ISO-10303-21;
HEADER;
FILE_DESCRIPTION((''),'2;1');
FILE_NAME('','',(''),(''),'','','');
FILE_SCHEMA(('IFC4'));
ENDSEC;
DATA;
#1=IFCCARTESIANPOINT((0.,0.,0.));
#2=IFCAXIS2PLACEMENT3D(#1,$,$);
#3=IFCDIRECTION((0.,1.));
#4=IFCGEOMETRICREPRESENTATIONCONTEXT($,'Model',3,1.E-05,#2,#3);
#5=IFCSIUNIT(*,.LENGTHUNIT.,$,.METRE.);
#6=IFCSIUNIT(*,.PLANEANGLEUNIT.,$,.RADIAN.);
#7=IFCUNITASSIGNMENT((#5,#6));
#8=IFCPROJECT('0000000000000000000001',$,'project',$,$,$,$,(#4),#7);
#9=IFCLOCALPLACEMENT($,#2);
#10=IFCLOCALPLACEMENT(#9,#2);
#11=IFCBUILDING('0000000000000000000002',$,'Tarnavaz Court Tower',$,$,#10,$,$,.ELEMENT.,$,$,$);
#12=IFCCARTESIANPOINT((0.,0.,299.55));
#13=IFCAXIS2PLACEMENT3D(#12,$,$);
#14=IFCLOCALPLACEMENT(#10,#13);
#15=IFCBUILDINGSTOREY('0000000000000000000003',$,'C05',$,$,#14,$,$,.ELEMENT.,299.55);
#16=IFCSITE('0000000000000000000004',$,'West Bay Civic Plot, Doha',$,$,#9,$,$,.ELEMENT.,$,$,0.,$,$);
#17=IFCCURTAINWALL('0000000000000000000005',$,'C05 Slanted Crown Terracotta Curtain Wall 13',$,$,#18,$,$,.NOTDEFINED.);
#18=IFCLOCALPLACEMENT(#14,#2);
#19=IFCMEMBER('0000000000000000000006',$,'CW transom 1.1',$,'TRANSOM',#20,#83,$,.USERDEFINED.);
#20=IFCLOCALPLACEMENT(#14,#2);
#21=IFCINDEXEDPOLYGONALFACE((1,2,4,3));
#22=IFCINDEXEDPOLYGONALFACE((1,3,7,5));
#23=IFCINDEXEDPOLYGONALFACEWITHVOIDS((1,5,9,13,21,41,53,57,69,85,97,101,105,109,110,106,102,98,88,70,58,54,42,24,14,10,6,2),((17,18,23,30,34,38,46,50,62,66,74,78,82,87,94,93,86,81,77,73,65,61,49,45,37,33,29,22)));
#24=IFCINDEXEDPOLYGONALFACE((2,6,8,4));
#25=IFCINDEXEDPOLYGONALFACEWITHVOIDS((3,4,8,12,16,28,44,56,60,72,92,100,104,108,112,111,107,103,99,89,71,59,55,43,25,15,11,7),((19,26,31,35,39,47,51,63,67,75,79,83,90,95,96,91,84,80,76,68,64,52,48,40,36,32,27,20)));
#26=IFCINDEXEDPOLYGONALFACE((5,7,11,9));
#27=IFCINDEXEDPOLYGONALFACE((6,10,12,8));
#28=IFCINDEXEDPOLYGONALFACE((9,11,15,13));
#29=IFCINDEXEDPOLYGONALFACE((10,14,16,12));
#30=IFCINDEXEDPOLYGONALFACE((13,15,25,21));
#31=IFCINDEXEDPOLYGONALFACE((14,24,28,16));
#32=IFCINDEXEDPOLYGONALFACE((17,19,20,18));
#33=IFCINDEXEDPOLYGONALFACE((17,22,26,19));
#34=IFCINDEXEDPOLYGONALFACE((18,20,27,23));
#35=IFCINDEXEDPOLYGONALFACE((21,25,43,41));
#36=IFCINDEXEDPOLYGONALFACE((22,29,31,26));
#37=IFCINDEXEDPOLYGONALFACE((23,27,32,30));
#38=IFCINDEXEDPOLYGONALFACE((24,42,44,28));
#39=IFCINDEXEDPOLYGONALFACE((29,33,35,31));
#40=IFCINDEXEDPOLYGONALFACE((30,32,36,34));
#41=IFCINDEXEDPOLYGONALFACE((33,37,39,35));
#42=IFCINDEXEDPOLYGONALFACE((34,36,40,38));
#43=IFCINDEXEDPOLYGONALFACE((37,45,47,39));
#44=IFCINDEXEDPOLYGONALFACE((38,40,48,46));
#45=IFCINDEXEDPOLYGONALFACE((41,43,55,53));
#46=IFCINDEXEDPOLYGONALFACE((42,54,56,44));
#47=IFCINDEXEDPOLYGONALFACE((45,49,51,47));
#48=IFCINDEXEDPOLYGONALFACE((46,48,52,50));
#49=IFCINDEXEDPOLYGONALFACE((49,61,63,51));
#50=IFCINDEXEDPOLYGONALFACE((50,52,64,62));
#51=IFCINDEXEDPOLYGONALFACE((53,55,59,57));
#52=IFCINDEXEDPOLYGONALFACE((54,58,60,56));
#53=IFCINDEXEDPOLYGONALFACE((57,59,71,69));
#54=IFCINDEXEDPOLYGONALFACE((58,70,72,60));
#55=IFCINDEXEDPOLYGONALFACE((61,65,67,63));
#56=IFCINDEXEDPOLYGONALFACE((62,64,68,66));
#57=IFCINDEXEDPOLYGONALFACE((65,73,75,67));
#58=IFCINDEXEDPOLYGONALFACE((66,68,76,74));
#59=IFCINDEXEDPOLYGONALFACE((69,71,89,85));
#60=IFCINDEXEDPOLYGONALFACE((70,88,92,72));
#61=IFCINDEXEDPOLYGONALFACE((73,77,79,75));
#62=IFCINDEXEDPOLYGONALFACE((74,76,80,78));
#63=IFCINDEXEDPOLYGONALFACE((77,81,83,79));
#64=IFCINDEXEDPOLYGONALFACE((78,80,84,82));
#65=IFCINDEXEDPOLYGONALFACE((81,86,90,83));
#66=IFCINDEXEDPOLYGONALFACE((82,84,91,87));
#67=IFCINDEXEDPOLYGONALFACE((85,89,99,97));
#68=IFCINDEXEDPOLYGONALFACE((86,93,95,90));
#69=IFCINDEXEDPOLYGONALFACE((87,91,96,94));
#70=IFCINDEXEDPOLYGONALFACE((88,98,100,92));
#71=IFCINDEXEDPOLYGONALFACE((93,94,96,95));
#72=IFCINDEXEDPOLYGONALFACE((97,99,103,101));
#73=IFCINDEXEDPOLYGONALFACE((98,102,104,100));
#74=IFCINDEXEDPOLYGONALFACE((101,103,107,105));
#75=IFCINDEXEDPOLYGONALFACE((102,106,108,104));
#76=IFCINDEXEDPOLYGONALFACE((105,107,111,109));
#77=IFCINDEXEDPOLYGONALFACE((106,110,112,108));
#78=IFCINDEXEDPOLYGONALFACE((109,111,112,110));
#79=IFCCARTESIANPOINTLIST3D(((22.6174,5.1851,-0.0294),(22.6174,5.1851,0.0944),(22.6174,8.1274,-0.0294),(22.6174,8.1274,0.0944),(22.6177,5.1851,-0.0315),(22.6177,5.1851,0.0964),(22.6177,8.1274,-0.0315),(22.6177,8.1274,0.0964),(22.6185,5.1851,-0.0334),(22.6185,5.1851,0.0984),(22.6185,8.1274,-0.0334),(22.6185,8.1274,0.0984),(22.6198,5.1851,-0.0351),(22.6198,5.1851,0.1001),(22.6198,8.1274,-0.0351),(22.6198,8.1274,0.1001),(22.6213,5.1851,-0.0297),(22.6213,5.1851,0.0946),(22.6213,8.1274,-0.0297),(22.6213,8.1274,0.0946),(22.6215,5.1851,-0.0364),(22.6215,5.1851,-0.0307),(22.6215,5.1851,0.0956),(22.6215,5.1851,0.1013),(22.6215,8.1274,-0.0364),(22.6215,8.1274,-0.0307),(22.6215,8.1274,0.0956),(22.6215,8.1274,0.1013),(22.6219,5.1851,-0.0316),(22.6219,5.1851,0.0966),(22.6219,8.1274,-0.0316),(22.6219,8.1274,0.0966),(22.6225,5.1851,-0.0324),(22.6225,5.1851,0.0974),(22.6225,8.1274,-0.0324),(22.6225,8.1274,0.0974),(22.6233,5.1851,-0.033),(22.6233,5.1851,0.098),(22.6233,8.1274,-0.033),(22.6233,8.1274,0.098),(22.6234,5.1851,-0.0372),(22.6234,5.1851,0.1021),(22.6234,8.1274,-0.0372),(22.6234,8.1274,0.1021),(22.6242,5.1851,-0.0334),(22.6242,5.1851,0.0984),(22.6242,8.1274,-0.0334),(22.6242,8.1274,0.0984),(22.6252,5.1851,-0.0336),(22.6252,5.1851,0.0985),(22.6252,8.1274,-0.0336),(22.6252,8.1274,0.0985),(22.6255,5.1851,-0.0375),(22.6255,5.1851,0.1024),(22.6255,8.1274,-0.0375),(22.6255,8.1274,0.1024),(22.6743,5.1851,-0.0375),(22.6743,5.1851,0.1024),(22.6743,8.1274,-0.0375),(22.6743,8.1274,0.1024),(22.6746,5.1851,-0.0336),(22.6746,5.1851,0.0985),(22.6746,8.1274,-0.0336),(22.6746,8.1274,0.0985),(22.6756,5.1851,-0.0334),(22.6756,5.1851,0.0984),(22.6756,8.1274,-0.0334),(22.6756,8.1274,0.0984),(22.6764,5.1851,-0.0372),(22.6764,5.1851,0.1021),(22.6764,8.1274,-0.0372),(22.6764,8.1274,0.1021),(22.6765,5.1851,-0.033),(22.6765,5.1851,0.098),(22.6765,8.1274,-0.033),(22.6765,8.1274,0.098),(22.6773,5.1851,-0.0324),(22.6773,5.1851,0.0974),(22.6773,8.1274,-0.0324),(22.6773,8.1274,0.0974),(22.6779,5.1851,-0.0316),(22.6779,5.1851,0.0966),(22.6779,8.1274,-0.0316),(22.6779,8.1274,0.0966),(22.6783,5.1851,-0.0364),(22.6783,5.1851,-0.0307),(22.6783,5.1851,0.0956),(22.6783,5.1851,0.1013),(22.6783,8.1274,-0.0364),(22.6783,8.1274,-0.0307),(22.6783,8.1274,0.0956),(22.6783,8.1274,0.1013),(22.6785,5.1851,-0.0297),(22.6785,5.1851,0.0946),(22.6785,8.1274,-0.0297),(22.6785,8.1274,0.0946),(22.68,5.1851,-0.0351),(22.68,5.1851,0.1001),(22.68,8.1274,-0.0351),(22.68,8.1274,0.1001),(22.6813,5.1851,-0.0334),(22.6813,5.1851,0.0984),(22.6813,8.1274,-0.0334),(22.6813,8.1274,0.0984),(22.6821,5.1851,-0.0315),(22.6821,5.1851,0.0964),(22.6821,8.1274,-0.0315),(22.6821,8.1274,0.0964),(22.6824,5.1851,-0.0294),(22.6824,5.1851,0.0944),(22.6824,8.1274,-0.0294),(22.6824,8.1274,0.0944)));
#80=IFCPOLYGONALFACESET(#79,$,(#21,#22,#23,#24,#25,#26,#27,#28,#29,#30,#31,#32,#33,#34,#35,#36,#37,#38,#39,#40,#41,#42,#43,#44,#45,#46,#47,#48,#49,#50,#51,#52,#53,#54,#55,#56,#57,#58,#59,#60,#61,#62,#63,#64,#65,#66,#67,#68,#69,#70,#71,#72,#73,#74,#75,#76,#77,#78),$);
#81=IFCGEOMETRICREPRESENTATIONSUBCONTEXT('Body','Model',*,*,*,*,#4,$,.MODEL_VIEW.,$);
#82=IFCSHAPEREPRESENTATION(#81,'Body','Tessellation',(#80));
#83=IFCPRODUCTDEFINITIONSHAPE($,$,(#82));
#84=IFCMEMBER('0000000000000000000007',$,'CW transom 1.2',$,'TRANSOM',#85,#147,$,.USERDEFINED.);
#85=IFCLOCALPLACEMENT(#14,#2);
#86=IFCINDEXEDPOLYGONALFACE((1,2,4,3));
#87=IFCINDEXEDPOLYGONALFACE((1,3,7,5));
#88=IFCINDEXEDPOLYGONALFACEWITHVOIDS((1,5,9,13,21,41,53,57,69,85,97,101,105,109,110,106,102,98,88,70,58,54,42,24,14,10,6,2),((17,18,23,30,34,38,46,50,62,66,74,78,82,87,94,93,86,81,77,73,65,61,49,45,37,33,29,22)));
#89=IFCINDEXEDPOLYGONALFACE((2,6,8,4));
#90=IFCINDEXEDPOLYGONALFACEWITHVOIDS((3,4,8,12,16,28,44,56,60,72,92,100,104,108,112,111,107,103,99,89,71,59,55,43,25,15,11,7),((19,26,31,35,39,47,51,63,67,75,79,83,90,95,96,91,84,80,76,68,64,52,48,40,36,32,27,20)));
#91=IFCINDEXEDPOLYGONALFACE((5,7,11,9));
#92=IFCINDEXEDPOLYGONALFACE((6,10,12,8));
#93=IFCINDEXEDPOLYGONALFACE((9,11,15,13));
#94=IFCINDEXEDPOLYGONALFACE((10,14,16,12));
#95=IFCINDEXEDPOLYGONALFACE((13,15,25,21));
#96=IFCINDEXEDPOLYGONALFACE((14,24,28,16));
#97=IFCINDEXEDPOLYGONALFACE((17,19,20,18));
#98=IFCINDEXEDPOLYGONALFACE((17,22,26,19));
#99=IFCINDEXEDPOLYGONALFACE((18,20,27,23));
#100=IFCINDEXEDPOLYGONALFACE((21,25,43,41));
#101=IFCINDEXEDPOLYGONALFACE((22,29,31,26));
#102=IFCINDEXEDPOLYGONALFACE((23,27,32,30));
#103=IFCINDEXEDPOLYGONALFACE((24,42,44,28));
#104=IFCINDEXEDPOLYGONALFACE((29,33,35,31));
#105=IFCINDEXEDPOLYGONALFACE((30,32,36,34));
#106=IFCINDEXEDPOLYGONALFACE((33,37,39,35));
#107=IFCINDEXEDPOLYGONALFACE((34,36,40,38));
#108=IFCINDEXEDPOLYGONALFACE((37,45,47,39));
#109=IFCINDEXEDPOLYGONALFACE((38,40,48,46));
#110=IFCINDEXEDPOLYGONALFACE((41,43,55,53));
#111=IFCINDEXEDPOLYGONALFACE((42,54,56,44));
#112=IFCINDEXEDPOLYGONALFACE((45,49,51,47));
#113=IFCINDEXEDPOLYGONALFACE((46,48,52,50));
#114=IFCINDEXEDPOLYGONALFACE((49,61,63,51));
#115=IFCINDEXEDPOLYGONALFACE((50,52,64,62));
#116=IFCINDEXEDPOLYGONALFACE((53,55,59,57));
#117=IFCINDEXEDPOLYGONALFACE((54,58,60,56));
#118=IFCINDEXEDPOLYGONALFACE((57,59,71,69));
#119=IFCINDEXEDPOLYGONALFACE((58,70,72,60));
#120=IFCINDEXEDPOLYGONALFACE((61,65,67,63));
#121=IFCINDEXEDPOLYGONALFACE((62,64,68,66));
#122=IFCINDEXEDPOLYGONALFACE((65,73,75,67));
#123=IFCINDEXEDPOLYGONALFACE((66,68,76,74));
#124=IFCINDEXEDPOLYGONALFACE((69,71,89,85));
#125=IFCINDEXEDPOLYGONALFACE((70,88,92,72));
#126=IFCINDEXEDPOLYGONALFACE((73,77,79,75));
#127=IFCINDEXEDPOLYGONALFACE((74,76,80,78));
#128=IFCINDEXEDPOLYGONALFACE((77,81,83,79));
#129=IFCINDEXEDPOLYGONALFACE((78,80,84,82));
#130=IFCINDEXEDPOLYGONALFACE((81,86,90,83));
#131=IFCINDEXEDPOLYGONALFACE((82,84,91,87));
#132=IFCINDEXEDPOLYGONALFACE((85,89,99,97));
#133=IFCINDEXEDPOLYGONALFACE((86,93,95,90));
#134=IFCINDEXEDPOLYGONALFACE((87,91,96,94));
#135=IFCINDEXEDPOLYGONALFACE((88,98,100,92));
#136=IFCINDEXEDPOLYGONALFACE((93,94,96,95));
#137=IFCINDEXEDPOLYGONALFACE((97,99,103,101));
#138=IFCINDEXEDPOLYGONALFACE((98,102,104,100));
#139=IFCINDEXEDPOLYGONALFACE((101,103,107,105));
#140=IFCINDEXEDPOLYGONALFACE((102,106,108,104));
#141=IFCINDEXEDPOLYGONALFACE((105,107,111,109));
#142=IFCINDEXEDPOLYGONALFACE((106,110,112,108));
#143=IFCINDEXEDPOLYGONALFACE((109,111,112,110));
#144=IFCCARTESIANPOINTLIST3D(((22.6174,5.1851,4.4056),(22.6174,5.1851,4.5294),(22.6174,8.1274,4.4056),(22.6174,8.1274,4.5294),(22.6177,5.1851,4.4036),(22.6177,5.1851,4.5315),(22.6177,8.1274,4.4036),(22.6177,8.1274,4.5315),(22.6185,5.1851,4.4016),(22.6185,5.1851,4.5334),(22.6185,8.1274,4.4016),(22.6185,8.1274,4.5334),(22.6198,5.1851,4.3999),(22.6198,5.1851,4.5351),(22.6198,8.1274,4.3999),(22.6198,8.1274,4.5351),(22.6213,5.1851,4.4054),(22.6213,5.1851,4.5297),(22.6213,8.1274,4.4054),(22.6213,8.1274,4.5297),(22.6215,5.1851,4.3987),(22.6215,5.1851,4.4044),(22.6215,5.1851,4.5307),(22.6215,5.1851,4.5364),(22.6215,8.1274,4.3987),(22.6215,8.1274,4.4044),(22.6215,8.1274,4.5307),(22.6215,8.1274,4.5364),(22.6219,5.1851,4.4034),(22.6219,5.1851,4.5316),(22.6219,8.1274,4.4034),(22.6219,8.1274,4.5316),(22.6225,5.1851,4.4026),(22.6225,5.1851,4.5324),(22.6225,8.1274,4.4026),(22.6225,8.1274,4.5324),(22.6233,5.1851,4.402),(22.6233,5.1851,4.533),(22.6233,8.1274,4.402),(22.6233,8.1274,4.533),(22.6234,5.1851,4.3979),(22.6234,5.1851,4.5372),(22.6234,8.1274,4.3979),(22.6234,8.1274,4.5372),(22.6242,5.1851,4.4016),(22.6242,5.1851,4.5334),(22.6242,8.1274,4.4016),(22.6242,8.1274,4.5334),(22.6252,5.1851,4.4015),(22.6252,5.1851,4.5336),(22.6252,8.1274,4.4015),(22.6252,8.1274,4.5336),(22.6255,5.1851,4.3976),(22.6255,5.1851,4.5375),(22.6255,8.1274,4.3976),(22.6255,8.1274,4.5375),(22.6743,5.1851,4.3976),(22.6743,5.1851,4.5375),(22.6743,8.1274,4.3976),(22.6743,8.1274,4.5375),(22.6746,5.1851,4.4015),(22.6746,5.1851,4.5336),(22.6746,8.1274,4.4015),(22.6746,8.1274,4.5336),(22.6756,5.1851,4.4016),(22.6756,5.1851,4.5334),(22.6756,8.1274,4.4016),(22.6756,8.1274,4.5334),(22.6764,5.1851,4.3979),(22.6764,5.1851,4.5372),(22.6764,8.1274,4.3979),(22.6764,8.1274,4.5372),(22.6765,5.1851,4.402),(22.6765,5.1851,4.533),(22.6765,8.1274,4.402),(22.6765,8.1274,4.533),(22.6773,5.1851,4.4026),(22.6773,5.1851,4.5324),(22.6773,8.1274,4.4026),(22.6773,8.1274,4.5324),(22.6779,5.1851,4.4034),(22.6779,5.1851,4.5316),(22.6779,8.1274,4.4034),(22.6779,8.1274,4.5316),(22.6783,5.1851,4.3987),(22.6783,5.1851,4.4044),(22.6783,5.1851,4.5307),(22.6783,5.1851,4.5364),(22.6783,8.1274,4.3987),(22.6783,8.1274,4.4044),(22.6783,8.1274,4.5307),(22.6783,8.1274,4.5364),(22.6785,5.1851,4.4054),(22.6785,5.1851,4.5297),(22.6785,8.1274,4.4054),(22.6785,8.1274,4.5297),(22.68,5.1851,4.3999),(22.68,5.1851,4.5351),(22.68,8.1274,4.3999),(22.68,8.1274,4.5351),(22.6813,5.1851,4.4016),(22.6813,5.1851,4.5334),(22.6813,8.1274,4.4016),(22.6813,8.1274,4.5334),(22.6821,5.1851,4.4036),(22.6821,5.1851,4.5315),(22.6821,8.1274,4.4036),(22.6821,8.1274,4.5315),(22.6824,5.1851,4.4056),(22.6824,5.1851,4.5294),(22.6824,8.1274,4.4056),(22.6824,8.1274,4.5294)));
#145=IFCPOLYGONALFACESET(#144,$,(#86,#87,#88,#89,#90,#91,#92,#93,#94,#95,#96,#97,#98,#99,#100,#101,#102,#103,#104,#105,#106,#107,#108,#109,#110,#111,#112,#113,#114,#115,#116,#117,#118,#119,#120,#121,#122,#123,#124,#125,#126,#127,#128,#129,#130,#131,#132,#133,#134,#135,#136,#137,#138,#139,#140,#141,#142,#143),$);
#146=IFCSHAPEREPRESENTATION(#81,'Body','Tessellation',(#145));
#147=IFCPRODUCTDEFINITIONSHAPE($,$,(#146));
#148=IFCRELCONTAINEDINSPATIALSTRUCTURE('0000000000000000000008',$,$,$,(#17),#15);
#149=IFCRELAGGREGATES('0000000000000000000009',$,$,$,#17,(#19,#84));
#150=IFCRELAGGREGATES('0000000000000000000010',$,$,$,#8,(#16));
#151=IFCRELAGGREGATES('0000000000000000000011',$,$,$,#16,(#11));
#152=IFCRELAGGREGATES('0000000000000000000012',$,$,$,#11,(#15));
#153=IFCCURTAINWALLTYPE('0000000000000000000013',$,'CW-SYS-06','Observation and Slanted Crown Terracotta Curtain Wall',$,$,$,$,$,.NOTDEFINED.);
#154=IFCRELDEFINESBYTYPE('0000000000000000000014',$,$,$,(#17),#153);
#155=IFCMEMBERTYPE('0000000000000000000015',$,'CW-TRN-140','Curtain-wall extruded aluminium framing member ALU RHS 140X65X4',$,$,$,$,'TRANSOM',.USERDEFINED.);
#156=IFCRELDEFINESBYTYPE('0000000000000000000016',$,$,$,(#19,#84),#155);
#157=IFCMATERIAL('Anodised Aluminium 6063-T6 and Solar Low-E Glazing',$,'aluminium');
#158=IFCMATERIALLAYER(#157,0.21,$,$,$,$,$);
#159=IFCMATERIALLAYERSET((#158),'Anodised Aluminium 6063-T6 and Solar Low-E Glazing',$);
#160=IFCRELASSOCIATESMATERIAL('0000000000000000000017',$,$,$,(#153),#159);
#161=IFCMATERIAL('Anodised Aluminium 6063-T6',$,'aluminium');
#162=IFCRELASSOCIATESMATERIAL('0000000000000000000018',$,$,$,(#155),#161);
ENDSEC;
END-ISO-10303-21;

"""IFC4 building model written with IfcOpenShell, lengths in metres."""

from ifc_helpers import new_model, si_unit, direction, frame, origin, origin_2d, place, context, subcontext, project, spatial, hollow_rectangle, extrude, material, layer, layer_set, material_profile, profile_set, type_object, element, aggregate, save


model = new_model("IFC4")

# Units and contexts
model_context = context("Model", 3, precision=1e-05, world=origin(), true_north=direction((0.0, 1.0)))
body_context = subcontext(model_context, "Body", "Model", "MODEL_VIEW")
ifc_project = project(units=[si_unit("LENGTHUNIT", "METRE"), si_unit("PLANEANGLEUNIT", "RADIAN")], contexts=[model_context])

# Site, building, storey
site_placement = place(None, origin())
site = spatial("IfcSite", under=ifc_project, at=site_placement, Name="West Bay Civic Plot, Doha", CompositionType="ELEMENT", RefElevation=0.0)
building_placement = place(site_placement, origin())
building = spatial("IfcBuilding", under=site, at=building_placement, Name="Tarnavaz Court Tower", CompositionType="ELEMENT")
storey_placement = place(building_placement, frame((0.0, 0.0, 299.55)))
storey = spatial("IfcBuildingStorey", under=building, at=storey_placement, Name="C05", CompositionType="ELEMENT", Elevation=299.55)

# Shared definitions
ifc_material_1 = material(Name="Anodised Aluminium 6063-T6 and Solar Low-E Glazing", Category="aluminium")
ifc_layer_1 = layer(ifc_material_1, 0.21)
ifc_layer_set_1 = layer_set([ifc_layer_1], Name="Anodised Aluminium 6063-T6 and Solar Low-E Glazing")
curtain_wall_type = type_object("IfcCurtainWallType", Name="CW-SYS-06", Description="Observation and Slanted Crown Terracotta Curtain Wall", PredefinedType="NOTDEFINED", material=ifc_layer_set_1)
ifc_material_2 = material(Name="Anodised Aluminium 6063-T6", Category="aluminium")

# Curtain wall
curtain_wall_1_placement = place(storey_placement, origin())
curtain_wall_1 = element("IfcCurtainWall", 1, at=curtain_wall_1_placement, inside=storey, type_object=curtain_wall_type, Name="C05 Slanted Crown Terracotta Curtain Wall 13", PredefinedType="NOTDEFINED")

# Members
ifc_material_profile_1 = material_profile(ifc_material_2, hollow_rectangle(XDim=0.0649, YDim=0.1399, WallThickness=0.0039, InnerFilletRadius=0.0039, OuterFilletRadius=0.0081, at=origin_2d()), Name="ALU RHS 140X65X4")
ifc_profile_set_1 = profile_set([ifc_material_profile_1], Name="Anodised Aluminium 6063-T6")
member_type_1 = type_object("IfcMemberType", Name="CW-TRN-140", Description="Curtain-wall extruded aluminium framing member ALU RHS 140X65X4", ElementType="TRANSOM", PredefinedType="USERDEFINED", material=ifc_profile_set_1)
member_1_placement = place(storey_placement, frame((22.6499, 8.1274, 0.0325), z_axis=(0.0, -1.0, 0.0), x_axis=(1.0, 0.0, 0.0)))
member_1 = element("IfcMember", 2, at=member_1_placement, type_object=member_type_1, Name="CW transom 1.1", ObjectType="TRANSOM", PredefinedType="USERDEFINED", context=body_context, shape_type="SweptSolid", body=[
    extrude(hollow_rectangle(XDim=0.0649, YDim=0.1399, WallThickness=0.0039, InnerFilletRadius=0.0039, OuterFilletRadius=0.0081, at=origin_2d()), origin(), (0.0, 0.0, 1.0), 2.9424),
])
member_2_placement = place(storey_placement, frame((22.6499, 8.1274, 4.4675), z_axis=(0.0, -1.0, 0.0), x_axis=(1.0, 0.0, 0.0)))
member_2 = element("IfcMember", 3, at=member_2_placement, type_object=member_type_1, Name="CW transom 1.2", ObjectType="TRANSOM", PredefinedType="USERDEFINED", context=body_context, shape_type="SweptSolid", body=[
    extrude(hollow_rectangle(XDim=0.0649, YDim=0.1399, WallThickness=0.0039, InnerFilletRadius=0.0039, OuterFilletRadius=0.0081, at=origin_2d()), origin(), (0.0, 0.0, 1.0), 2.9424),
])

aggregate(curtain_wall_1, [member_1, member_2])

save(model, "model.ifc")
